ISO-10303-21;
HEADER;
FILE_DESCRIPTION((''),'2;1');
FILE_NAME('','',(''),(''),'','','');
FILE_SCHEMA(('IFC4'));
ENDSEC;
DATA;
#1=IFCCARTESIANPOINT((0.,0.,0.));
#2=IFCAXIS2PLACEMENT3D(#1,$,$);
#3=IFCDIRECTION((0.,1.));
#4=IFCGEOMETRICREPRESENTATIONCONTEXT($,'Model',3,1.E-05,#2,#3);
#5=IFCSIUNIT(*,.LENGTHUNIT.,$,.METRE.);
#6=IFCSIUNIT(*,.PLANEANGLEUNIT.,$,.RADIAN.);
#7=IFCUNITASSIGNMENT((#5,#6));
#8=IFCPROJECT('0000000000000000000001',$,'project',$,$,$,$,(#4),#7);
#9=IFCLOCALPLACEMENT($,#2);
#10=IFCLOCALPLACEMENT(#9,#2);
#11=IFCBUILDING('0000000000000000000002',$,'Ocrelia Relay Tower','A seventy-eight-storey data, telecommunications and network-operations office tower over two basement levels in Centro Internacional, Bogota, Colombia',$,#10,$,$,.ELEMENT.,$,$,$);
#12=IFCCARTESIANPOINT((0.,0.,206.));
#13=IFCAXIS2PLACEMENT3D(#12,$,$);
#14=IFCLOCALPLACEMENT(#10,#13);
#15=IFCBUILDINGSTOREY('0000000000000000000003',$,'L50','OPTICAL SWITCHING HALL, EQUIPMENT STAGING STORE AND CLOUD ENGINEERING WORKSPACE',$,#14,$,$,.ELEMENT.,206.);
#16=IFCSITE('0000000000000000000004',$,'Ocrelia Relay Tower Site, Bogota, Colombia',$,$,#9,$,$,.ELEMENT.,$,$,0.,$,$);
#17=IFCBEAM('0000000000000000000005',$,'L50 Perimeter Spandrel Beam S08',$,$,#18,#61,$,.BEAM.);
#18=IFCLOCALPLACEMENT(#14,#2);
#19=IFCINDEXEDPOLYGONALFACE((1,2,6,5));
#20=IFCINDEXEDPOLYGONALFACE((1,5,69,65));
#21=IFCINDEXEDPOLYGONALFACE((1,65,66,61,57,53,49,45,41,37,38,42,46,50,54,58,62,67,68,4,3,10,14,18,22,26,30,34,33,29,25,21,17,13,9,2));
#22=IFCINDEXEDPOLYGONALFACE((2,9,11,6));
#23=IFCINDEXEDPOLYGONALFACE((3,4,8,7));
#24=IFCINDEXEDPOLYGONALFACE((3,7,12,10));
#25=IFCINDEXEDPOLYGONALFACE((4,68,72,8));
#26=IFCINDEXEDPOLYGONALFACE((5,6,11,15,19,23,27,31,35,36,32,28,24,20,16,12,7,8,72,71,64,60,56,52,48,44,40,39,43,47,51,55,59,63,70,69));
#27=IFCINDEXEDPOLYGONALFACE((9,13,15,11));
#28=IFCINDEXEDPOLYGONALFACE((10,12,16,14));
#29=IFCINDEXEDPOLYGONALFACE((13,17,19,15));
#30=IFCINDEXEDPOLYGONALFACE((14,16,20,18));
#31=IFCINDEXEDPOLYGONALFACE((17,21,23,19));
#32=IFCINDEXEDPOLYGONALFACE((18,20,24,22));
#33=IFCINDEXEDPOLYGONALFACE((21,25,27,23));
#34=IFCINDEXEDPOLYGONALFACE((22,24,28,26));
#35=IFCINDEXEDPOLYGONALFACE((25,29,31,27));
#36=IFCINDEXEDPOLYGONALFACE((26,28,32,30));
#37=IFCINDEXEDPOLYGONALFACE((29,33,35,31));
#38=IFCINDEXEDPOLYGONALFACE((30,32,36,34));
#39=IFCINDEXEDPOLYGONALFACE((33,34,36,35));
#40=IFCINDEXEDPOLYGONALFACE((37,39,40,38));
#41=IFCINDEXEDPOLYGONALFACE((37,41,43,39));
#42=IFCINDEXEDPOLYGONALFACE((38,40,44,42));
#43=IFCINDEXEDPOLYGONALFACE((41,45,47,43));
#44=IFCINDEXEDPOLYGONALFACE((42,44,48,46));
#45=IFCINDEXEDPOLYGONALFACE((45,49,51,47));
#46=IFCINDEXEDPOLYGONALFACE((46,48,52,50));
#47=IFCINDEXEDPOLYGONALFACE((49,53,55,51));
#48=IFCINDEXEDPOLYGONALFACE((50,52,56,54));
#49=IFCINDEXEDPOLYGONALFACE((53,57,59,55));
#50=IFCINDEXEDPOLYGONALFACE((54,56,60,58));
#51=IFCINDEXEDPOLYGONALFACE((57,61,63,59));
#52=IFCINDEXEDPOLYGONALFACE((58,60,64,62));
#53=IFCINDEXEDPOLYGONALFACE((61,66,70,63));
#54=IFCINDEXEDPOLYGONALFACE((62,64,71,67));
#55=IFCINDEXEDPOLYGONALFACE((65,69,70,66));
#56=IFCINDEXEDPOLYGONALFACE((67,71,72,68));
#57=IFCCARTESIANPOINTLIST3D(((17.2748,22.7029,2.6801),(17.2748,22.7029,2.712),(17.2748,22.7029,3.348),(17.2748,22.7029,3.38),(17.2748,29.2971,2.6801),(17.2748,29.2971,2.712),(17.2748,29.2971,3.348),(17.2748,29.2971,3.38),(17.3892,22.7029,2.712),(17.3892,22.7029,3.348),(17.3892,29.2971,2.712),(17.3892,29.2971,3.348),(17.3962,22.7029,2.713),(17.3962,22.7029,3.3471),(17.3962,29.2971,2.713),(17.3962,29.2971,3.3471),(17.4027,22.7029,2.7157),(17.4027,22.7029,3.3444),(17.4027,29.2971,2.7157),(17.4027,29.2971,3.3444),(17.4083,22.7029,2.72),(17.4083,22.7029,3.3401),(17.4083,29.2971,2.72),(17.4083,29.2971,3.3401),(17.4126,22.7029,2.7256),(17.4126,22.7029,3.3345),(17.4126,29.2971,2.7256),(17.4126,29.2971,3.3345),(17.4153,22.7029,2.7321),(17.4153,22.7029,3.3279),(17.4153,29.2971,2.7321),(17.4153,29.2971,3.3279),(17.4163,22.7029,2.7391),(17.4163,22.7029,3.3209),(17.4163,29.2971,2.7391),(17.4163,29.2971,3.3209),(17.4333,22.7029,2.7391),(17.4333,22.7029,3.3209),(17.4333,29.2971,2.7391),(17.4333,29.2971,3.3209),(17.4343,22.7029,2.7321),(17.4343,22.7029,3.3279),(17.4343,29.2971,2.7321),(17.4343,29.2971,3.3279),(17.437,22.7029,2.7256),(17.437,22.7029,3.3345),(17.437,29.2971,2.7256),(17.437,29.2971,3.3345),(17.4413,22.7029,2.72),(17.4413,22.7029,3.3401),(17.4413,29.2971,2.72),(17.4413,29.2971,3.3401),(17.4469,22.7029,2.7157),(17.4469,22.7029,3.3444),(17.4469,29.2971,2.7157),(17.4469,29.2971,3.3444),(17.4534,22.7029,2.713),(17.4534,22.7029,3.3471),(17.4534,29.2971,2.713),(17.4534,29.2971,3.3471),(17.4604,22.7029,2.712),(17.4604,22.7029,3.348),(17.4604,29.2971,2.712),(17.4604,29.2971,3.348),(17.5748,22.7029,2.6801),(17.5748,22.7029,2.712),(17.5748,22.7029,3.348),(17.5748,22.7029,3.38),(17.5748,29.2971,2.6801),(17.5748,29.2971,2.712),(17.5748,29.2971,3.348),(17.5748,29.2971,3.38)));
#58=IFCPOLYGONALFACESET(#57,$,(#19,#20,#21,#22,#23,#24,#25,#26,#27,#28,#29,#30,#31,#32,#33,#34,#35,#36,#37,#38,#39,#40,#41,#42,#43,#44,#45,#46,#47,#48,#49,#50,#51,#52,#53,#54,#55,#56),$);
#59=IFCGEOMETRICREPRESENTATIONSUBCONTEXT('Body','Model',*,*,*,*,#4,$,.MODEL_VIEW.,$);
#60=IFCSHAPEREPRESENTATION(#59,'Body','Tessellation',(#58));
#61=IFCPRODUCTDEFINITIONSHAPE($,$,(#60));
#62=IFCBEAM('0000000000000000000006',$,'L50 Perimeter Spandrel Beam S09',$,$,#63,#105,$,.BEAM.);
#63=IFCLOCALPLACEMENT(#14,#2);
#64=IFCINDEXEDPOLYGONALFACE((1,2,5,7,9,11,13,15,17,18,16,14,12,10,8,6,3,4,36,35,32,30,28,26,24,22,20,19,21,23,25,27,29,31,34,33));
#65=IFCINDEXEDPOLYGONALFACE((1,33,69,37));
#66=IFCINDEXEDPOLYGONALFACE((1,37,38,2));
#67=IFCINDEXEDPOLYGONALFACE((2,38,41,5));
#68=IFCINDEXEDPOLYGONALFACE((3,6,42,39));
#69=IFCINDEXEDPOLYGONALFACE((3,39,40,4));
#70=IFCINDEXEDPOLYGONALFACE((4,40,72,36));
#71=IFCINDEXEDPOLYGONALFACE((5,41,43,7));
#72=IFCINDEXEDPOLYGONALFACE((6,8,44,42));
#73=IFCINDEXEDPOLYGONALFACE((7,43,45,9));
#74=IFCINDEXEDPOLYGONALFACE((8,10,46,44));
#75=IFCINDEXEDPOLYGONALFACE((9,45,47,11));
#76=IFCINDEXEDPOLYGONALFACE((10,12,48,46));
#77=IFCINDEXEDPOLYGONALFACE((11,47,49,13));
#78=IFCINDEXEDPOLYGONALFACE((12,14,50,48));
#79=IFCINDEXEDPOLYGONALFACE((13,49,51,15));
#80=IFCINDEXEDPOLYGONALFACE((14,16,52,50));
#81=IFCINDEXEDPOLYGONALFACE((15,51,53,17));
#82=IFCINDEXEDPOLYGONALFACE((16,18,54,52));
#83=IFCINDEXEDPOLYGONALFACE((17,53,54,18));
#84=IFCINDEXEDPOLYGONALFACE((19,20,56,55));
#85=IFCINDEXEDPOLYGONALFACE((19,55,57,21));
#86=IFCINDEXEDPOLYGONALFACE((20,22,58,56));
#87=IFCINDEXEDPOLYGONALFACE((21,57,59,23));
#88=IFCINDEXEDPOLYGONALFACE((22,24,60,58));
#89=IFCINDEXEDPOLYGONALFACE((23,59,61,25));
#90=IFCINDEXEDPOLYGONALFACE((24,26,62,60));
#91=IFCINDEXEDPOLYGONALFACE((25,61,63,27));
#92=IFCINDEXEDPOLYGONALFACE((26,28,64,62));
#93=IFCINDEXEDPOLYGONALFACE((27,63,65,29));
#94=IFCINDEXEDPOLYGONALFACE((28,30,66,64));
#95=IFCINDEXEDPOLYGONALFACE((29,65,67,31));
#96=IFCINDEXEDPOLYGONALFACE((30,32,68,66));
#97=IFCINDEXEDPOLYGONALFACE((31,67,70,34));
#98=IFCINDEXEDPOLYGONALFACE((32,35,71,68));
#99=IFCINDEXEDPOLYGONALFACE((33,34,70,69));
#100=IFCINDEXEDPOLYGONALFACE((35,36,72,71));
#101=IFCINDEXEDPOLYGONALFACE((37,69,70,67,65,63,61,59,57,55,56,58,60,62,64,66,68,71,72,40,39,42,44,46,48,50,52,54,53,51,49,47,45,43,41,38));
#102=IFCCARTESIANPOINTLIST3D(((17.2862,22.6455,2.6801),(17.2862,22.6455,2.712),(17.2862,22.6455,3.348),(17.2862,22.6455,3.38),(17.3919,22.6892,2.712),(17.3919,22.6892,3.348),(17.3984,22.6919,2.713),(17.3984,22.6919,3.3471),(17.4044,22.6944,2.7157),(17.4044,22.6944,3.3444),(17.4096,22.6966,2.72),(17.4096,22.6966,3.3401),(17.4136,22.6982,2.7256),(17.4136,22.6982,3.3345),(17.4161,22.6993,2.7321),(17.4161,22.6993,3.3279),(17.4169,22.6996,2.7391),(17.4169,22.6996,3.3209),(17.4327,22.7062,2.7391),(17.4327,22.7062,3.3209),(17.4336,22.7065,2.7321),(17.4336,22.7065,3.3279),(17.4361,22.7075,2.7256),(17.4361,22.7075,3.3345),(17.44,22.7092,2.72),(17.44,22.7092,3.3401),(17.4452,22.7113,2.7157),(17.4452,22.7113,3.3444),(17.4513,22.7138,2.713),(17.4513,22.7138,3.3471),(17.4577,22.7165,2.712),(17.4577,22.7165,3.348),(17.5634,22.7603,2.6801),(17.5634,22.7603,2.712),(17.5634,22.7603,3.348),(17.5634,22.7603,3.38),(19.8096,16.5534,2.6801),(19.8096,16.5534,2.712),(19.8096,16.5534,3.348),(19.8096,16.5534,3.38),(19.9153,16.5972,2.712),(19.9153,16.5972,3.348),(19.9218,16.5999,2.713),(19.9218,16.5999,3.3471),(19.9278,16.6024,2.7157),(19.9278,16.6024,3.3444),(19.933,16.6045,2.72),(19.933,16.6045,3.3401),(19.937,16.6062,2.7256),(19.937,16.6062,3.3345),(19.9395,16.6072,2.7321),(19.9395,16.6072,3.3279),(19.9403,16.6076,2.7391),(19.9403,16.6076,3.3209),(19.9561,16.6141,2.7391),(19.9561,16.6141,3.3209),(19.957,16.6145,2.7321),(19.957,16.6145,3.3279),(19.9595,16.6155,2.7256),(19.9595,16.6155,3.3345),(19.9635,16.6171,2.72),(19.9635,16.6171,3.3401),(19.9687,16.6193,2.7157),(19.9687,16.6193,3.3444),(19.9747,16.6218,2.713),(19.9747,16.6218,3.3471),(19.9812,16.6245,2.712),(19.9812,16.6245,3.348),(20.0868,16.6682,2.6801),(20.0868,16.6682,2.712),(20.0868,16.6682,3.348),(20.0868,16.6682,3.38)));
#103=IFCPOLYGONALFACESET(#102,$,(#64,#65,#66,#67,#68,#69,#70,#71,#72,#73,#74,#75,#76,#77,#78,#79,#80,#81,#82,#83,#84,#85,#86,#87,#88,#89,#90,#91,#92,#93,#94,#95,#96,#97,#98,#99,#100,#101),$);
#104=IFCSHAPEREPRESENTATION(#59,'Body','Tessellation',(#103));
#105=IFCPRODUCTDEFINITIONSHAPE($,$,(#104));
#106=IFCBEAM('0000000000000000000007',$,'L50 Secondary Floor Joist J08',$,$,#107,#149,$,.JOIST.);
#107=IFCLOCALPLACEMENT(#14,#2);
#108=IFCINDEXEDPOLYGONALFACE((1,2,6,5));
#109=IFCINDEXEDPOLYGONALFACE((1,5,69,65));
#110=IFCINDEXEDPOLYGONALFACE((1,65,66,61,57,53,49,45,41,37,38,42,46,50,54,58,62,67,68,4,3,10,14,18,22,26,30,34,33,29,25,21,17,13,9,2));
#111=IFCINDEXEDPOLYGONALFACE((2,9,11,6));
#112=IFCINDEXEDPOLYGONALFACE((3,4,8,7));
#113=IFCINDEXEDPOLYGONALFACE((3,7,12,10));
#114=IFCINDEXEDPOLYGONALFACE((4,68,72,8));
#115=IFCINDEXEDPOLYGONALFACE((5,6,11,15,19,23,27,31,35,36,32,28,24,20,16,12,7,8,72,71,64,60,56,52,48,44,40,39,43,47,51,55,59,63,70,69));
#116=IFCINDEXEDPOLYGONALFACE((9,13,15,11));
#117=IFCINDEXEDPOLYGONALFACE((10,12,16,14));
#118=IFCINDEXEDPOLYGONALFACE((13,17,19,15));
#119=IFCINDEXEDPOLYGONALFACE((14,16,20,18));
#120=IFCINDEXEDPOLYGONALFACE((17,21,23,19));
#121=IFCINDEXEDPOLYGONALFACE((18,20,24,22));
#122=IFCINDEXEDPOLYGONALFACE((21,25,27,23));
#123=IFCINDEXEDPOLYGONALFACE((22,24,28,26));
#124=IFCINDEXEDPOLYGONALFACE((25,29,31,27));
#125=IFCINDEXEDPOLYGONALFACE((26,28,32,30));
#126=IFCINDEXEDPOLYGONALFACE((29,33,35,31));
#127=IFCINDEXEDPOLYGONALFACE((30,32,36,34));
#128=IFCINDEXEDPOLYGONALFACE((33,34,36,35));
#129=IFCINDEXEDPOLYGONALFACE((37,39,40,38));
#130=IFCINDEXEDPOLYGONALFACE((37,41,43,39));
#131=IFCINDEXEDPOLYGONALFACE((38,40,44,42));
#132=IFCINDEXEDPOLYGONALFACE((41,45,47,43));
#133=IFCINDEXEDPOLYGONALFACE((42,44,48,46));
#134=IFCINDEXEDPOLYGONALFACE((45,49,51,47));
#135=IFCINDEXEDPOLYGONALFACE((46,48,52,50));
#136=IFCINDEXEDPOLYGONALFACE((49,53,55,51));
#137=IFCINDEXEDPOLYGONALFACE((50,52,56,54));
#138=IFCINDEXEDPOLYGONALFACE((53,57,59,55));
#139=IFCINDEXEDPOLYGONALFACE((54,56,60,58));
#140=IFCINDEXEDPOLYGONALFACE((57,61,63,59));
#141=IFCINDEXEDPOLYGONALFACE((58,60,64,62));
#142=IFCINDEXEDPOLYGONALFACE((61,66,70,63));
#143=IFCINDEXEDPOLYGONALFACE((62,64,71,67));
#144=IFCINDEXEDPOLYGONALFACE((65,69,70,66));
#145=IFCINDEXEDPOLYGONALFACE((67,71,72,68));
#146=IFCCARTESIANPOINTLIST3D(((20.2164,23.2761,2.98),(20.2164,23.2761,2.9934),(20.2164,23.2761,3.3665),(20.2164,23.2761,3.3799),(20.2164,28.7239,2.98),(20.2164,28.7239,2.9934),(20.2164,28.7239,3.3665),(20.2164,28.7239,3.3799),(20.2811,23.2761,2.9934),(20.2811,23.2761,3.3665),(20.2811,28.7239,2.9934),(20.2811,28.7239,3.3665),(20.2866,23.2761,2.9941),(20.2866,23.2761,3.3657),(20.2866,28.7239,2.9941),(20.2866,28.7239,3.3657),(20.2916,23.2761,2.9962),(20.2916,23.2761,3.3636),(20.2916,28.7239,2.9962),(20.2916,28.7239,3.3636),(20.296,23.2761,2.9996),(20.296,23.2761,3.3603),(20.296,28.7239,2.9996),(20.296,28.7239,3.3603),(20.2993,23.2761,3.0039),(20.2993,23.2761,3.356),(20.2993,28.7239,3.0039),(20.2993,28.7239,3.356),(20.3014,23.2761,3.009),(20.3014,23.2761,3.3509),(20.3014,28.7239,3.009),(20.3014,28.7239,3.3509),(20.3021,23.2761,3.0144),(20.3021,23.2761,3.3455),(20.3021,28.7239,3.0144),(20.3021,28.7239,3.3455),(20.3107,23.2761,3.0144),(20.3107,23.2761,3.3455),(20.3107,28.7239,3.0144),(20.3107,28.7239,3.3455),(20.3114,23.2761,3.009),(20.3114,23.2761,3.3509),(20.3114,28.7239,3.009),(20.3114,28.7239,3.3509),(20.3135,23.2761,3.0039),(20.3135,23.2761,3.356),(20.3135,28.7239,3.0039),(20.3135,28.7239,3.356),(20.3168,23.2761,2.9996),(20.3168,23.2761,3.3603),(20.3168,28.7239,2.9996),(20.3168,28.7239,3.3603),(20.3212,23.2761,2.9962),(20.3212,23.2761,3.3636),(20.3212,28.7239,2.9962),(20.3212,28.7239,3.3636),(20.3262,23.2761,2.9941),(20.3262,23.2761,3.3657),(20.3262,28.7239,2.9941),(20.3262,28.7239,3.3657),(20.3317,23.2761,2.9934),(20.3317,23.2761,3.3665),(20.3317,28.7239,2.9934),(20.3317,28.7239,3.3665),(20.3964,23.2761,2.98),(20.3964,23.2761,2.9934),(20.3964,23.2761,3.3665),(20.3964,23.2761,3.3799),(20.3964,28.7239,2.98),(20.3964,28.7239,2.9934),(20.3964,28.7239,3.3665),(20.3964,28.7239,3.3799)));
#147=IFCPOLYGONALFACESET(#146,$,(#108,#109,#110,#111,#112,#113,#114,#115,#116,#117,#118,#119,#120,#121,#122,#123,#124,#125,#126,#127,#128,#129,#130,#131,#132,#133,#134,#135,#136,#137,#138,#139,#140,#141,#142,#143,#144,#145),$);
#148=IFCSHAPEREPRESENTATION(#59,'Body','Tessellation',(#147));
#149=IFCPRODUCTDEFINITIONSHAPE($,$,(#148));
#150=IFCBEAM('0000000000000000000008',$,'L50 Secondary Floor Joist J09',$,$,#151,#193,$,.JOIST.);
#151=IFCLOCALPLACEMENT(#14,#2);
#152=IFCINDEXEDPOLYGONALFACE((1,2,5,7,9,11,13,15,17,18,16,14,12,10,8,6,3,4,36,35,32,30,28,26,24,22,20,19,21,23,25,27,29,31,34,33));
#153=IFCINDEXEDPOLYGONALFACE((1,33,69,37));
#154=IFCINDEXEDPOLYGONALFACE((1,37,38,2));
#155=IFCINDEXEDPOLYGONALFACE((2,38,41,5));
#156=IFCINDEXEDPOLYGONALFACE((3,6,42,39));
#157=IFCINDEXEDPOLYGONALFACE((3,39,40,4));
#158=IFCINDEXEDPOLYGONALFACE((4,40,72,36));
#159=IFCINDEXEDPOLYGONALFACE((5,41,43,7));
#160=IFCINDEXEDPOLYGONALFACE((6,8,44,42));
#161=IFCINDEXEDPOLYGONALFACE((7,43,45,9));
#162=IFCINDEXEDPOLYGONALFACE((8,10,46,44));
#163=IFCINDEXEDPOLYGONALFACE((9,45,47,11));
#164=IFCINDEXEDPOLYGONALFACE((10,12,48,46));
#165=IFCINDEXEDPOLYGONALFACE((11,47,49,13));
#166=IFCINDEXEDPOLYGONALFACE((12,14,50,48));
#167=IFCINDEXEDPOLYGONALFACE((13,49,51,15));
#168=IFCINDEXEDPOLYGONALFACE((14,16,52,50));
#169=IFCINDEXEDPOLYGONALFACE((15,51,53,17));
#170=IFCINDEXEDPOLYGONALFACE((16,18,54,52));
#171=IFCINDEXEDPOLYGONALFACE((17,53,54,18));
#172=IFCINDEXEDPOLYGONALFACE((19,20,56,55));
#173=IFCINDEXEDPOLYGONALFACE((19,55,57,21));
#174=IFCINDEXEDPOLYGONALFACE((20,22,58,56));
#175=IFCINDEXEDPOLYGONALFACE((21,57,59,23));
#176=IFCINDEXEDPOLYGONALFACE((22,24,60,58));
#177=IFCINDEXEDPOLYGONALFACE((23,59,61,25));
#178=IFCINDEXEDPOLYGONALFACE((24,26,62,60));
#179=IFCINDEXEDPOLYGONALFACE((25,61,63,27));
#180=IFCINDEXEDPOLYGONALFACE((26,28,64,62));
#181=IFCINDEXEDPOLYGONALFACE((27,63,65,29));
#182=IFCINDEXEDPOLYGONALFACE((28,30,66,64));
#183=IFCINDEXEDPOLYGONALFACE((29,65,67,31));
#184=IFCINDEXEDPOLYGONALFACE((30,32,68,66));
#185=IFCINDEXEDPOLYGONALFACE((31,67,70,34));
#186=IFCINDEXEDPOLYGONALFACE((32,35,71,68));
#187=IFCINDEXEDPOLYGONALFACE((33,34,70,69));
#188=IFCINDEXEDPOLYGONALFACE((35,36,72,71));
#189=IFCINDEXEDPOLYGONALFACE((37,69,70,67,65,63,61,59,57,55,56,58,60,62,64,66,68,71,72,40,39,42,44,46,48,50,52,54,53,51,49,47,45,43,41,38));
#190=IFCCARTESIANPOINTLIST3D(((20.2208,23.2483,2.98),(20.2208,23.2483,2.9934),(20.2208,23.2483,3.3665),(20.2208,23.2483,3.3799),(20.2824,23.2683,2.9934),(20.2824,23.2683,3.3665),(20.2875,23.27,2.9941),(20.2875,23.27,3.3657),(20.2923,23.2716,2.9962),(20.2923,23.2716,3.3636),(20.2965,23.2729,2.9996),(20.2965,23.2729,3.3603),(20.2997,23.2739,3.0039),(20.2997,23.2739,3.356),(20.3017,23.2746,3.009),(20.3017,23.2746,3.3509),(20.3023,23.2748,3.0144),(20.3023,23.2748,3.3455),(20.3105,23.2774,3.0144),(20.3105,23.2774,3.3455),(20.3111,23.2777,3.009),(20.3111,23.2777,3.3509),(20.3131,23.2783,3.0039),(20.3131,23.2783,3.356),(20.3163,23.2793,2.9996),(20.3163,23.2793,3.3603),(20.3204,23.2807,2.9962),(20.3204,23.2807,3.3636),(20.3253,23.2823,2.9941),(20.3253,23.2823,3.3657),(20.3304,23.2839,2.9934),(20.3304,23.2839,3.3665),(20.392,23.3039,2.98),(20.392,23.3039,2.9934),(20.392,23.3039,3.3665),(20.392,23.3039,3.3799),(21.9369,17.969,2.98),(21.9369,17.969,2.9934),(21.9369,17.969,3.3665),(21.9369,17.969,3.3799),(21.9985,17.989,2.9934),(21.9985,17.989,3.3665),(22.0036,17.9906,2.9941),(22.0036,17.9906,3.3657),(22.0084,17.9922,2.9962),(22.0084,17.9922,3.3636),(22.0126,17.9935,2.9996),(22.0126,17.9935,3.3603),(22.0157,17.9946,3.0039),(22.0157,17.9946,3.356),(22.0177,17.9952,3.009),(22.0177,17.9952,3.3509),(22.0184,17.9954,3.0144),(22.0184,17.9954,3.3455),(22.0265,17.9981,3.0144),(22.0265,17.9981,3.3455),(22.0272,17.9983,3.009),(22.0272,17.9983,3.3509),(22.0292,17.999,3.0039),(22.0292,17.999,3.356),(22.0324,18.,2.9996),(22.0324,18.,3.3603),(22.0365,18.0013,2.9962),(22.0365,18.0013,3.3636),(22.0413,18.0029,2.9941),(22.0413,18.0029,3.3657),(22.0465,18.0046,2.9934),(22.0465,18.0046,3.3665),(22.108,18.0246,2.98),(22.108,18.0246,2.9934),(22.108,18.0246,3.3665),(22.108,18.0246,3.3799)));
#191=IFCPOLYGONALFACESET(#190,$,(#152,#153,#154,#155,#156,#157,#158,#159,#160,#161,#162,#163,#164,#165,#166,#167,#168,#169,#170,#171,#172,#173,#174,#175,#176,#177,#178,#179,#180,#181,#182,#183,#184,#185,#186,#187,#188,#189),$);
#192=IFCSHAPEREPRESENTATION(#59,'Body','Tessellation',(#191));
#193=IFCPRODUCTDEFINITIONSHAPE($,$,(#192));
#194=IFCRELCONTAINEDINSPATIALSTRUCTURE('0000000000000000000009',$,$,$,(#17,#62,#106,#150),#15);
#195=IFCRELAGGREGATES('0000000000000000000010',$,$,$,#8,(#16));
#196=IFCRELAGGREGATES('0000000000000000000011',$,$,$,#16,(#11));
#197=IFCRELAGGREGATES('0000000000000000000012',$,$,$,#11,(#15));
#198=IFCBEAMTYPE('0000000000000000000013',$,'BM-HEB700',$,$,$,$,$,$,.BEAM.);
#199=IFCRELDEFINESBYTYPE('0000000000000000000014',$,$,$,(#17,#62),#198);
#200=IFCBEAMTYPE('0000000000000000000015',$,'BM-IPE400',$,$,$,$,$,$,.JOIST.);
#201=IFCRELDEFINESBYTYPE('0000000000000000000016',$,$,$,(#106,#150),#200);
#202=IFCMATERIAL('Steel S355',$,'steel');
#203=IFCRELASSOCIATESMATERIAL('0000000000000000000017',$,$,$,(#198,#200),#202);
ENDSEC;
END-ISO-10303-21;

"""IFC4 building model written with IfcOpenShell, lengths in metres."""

from ifc_helpers import new_model, si_unit, direction, frame, origin, origin_2d, place, context, subcontext, project, spatial, i_section, extrude, material, material_profile, profile_set, type_object, element, save


model = new_model("IFC4")

# Units and contexts
model_context = context("Model", 3, precision=1e-05, world=origin(), true_north=direction((0.0, 1.0)))
body_context = subcontext(model_context, "Body", "Model", "MODEL_VIEW")
ifc_project = project(units=[si_unit("LENGTHUNIT", "METRE"), si_unit("PLANEANGLEUNIT", "RADIAN")], contexts=[model_context])

# Site, building, storey
site_placement = place(None, origin())
site = spatial("IfcSite", under=ifc_project, at=site_placement, Name="Ocrelia Relay Tower Site, Bogota, Colombia", CompositionType="ELEMENT", RefElevation=0.0)
building_placement = place(site_placement, origin())
building = spatial("IfcBuilding", under=site, at=building_placement, Name="Ocrelia Relay Tower", Description="A seventy-eight-storey data, telecommunications and network-operations office tower over two basement levels in Centro Internacional, Bogota, Colombia", CompositionType="ELEMENT")
storey_placement = place(building_placement, frame((0.0, 0.0, 206.0)))
storey = spatial("IfcBuildingStorey", under=building, at=storey_placement, Name="L50", Description="OPTICAL SWITCHING HALL, EQUIPMENT STAGING STORE AND CLOUD ENGINEERING WORKSPACE", CompositionType="ELEMENT", Elevation=206.0)

# Beams
ifc_material_1 = material(Name="Steel S355", Category="steel")
ifc_material_profile_1 = material_profile(ifc_material_1, i_section(OverallWidth=0.3, OverallDepth=0.7, WebThickness=0.0171, FlangeThickness=0.032, FilletRadius=0.0271, at=origin_2d()), Name="HEB 700")
ifc_profile_set_1 = profile_set([ifc_material_profile_1], Name="Steel S355")
beam_type_1 = type_object("IfcBeamType", Name="BM-HEB700", PredefinedType="BEAM", material=ifc_profile_set_1)
beam_1_placement = place(storey_placement, frame((17.4248, 29.2971, 3.03), z_axis=(0.0, -1.0, 0.0), x_axis=(1.0, 0.0, 0.0)))
element("IfcBeam", 1, at=beam_1_placement, inside=storey, type_object=beam_type_1, Name="L50 Perimeter Spandrel Beam S08", PredefinedType="BEAM", context=body_context, shape_type="SweptSolid", body=[
    extrude(i_section(OverallWidth=0.3, OverallDepth=0.7, WebThickness=0.0171, FlangeThickness=0.032, FilletRadius=0.0271, at=origin_2d()), origin(), (0.0, 0.0, 1.0), 6.5942),
])
beam_2_placement = place(storey_placement, frame((17.4248, 22.7029, 3.03), z_axis=(0.382688, -0.923878, 0.0), x_axis=(0.923878, 0.382688, 0.0)))
element("IfcBeam", 2, at=beam_2_placement, inside=storey, type_object=beam_type_1, Name="L50 Perimeter Spandrel Beam S09", PredefinedType="BEAM", context=body_context, shape_type="SweptSolid", body=[
    extrude(i_section(OverallWidth=0.3, OverallDepth=0.7, WebThickness=0.0171, FlangeThickness=0.032, FilletRadius=0.0271, at=origin_2d()), origin(), (0.0, 0.0, 1.0), 6.594),
])
ifc_material_profile_2 = material_profile(ifc_material_1, i_section(OverallWidth=0.1799, OverallDepth=0.3999, WebThickness=0.0085, FlangeThickness=0.0134, FilletRadius=0.021, at=origin_2d()), Name="IPE 400")
ifc_profile_set_2 = profile_set([ifc_material_profile_2], Name="Steel S355")
beam_type_2 = type_object("IfcBeamType", Name="BM-IPE400", PredefinedType="JOIST", material=ifc_profile_set_2)
beam_3_placement = place(storey_placement, frame((20.3064, 28.7239, 3.1799), z_axis=(0.0, -1.0, 0.0), x_axis=(1.0, 0.0, 0.0)))
element("IfcBeam", 3, at=beam_3_placement, inside=storey, type_object=beam_type_2, Name="L50 Secondary Floor Joist J08", PredefinedType="JOIST", context=body_context, shape_type="SweptSolid", body=[
    extrude(i_section(OverallWidth=0.1799, OverallDepth=0.3999, WebThickness=0.0085, FlangeThickness=0.0134, FilletRadius=0.021, at=origin_2d()), origin(), (0.0, 0.0, 1.0), 5.4478),
])
beam_4_placement = place(storey_placement, frame((20.3064, 23.2761, 3.1799), z_axis=(0.309134, -0.951019, 0.0), x_axis=(0.951019, 0.309134, 0.0)))
element("IfcBeam", 4, at=beam_4_placement, inside=storey, type_object=beam_type_2, Name="L50 Secondary Floor Joist J09", PredefinedType="JOIST", context=body_context, shape_type="SweptSolid", body=[
    extrude(i_section(OverallWidth=0.1799, OverallDepth=0.3999, WebThickness=0.0085, FlangeThickness=0.0134, FilletRadius=0.021, at=origin_2d()), origin(), (0.0, 0.0, 1.0), 5.5513),
])

save(model, "model.ifc")
